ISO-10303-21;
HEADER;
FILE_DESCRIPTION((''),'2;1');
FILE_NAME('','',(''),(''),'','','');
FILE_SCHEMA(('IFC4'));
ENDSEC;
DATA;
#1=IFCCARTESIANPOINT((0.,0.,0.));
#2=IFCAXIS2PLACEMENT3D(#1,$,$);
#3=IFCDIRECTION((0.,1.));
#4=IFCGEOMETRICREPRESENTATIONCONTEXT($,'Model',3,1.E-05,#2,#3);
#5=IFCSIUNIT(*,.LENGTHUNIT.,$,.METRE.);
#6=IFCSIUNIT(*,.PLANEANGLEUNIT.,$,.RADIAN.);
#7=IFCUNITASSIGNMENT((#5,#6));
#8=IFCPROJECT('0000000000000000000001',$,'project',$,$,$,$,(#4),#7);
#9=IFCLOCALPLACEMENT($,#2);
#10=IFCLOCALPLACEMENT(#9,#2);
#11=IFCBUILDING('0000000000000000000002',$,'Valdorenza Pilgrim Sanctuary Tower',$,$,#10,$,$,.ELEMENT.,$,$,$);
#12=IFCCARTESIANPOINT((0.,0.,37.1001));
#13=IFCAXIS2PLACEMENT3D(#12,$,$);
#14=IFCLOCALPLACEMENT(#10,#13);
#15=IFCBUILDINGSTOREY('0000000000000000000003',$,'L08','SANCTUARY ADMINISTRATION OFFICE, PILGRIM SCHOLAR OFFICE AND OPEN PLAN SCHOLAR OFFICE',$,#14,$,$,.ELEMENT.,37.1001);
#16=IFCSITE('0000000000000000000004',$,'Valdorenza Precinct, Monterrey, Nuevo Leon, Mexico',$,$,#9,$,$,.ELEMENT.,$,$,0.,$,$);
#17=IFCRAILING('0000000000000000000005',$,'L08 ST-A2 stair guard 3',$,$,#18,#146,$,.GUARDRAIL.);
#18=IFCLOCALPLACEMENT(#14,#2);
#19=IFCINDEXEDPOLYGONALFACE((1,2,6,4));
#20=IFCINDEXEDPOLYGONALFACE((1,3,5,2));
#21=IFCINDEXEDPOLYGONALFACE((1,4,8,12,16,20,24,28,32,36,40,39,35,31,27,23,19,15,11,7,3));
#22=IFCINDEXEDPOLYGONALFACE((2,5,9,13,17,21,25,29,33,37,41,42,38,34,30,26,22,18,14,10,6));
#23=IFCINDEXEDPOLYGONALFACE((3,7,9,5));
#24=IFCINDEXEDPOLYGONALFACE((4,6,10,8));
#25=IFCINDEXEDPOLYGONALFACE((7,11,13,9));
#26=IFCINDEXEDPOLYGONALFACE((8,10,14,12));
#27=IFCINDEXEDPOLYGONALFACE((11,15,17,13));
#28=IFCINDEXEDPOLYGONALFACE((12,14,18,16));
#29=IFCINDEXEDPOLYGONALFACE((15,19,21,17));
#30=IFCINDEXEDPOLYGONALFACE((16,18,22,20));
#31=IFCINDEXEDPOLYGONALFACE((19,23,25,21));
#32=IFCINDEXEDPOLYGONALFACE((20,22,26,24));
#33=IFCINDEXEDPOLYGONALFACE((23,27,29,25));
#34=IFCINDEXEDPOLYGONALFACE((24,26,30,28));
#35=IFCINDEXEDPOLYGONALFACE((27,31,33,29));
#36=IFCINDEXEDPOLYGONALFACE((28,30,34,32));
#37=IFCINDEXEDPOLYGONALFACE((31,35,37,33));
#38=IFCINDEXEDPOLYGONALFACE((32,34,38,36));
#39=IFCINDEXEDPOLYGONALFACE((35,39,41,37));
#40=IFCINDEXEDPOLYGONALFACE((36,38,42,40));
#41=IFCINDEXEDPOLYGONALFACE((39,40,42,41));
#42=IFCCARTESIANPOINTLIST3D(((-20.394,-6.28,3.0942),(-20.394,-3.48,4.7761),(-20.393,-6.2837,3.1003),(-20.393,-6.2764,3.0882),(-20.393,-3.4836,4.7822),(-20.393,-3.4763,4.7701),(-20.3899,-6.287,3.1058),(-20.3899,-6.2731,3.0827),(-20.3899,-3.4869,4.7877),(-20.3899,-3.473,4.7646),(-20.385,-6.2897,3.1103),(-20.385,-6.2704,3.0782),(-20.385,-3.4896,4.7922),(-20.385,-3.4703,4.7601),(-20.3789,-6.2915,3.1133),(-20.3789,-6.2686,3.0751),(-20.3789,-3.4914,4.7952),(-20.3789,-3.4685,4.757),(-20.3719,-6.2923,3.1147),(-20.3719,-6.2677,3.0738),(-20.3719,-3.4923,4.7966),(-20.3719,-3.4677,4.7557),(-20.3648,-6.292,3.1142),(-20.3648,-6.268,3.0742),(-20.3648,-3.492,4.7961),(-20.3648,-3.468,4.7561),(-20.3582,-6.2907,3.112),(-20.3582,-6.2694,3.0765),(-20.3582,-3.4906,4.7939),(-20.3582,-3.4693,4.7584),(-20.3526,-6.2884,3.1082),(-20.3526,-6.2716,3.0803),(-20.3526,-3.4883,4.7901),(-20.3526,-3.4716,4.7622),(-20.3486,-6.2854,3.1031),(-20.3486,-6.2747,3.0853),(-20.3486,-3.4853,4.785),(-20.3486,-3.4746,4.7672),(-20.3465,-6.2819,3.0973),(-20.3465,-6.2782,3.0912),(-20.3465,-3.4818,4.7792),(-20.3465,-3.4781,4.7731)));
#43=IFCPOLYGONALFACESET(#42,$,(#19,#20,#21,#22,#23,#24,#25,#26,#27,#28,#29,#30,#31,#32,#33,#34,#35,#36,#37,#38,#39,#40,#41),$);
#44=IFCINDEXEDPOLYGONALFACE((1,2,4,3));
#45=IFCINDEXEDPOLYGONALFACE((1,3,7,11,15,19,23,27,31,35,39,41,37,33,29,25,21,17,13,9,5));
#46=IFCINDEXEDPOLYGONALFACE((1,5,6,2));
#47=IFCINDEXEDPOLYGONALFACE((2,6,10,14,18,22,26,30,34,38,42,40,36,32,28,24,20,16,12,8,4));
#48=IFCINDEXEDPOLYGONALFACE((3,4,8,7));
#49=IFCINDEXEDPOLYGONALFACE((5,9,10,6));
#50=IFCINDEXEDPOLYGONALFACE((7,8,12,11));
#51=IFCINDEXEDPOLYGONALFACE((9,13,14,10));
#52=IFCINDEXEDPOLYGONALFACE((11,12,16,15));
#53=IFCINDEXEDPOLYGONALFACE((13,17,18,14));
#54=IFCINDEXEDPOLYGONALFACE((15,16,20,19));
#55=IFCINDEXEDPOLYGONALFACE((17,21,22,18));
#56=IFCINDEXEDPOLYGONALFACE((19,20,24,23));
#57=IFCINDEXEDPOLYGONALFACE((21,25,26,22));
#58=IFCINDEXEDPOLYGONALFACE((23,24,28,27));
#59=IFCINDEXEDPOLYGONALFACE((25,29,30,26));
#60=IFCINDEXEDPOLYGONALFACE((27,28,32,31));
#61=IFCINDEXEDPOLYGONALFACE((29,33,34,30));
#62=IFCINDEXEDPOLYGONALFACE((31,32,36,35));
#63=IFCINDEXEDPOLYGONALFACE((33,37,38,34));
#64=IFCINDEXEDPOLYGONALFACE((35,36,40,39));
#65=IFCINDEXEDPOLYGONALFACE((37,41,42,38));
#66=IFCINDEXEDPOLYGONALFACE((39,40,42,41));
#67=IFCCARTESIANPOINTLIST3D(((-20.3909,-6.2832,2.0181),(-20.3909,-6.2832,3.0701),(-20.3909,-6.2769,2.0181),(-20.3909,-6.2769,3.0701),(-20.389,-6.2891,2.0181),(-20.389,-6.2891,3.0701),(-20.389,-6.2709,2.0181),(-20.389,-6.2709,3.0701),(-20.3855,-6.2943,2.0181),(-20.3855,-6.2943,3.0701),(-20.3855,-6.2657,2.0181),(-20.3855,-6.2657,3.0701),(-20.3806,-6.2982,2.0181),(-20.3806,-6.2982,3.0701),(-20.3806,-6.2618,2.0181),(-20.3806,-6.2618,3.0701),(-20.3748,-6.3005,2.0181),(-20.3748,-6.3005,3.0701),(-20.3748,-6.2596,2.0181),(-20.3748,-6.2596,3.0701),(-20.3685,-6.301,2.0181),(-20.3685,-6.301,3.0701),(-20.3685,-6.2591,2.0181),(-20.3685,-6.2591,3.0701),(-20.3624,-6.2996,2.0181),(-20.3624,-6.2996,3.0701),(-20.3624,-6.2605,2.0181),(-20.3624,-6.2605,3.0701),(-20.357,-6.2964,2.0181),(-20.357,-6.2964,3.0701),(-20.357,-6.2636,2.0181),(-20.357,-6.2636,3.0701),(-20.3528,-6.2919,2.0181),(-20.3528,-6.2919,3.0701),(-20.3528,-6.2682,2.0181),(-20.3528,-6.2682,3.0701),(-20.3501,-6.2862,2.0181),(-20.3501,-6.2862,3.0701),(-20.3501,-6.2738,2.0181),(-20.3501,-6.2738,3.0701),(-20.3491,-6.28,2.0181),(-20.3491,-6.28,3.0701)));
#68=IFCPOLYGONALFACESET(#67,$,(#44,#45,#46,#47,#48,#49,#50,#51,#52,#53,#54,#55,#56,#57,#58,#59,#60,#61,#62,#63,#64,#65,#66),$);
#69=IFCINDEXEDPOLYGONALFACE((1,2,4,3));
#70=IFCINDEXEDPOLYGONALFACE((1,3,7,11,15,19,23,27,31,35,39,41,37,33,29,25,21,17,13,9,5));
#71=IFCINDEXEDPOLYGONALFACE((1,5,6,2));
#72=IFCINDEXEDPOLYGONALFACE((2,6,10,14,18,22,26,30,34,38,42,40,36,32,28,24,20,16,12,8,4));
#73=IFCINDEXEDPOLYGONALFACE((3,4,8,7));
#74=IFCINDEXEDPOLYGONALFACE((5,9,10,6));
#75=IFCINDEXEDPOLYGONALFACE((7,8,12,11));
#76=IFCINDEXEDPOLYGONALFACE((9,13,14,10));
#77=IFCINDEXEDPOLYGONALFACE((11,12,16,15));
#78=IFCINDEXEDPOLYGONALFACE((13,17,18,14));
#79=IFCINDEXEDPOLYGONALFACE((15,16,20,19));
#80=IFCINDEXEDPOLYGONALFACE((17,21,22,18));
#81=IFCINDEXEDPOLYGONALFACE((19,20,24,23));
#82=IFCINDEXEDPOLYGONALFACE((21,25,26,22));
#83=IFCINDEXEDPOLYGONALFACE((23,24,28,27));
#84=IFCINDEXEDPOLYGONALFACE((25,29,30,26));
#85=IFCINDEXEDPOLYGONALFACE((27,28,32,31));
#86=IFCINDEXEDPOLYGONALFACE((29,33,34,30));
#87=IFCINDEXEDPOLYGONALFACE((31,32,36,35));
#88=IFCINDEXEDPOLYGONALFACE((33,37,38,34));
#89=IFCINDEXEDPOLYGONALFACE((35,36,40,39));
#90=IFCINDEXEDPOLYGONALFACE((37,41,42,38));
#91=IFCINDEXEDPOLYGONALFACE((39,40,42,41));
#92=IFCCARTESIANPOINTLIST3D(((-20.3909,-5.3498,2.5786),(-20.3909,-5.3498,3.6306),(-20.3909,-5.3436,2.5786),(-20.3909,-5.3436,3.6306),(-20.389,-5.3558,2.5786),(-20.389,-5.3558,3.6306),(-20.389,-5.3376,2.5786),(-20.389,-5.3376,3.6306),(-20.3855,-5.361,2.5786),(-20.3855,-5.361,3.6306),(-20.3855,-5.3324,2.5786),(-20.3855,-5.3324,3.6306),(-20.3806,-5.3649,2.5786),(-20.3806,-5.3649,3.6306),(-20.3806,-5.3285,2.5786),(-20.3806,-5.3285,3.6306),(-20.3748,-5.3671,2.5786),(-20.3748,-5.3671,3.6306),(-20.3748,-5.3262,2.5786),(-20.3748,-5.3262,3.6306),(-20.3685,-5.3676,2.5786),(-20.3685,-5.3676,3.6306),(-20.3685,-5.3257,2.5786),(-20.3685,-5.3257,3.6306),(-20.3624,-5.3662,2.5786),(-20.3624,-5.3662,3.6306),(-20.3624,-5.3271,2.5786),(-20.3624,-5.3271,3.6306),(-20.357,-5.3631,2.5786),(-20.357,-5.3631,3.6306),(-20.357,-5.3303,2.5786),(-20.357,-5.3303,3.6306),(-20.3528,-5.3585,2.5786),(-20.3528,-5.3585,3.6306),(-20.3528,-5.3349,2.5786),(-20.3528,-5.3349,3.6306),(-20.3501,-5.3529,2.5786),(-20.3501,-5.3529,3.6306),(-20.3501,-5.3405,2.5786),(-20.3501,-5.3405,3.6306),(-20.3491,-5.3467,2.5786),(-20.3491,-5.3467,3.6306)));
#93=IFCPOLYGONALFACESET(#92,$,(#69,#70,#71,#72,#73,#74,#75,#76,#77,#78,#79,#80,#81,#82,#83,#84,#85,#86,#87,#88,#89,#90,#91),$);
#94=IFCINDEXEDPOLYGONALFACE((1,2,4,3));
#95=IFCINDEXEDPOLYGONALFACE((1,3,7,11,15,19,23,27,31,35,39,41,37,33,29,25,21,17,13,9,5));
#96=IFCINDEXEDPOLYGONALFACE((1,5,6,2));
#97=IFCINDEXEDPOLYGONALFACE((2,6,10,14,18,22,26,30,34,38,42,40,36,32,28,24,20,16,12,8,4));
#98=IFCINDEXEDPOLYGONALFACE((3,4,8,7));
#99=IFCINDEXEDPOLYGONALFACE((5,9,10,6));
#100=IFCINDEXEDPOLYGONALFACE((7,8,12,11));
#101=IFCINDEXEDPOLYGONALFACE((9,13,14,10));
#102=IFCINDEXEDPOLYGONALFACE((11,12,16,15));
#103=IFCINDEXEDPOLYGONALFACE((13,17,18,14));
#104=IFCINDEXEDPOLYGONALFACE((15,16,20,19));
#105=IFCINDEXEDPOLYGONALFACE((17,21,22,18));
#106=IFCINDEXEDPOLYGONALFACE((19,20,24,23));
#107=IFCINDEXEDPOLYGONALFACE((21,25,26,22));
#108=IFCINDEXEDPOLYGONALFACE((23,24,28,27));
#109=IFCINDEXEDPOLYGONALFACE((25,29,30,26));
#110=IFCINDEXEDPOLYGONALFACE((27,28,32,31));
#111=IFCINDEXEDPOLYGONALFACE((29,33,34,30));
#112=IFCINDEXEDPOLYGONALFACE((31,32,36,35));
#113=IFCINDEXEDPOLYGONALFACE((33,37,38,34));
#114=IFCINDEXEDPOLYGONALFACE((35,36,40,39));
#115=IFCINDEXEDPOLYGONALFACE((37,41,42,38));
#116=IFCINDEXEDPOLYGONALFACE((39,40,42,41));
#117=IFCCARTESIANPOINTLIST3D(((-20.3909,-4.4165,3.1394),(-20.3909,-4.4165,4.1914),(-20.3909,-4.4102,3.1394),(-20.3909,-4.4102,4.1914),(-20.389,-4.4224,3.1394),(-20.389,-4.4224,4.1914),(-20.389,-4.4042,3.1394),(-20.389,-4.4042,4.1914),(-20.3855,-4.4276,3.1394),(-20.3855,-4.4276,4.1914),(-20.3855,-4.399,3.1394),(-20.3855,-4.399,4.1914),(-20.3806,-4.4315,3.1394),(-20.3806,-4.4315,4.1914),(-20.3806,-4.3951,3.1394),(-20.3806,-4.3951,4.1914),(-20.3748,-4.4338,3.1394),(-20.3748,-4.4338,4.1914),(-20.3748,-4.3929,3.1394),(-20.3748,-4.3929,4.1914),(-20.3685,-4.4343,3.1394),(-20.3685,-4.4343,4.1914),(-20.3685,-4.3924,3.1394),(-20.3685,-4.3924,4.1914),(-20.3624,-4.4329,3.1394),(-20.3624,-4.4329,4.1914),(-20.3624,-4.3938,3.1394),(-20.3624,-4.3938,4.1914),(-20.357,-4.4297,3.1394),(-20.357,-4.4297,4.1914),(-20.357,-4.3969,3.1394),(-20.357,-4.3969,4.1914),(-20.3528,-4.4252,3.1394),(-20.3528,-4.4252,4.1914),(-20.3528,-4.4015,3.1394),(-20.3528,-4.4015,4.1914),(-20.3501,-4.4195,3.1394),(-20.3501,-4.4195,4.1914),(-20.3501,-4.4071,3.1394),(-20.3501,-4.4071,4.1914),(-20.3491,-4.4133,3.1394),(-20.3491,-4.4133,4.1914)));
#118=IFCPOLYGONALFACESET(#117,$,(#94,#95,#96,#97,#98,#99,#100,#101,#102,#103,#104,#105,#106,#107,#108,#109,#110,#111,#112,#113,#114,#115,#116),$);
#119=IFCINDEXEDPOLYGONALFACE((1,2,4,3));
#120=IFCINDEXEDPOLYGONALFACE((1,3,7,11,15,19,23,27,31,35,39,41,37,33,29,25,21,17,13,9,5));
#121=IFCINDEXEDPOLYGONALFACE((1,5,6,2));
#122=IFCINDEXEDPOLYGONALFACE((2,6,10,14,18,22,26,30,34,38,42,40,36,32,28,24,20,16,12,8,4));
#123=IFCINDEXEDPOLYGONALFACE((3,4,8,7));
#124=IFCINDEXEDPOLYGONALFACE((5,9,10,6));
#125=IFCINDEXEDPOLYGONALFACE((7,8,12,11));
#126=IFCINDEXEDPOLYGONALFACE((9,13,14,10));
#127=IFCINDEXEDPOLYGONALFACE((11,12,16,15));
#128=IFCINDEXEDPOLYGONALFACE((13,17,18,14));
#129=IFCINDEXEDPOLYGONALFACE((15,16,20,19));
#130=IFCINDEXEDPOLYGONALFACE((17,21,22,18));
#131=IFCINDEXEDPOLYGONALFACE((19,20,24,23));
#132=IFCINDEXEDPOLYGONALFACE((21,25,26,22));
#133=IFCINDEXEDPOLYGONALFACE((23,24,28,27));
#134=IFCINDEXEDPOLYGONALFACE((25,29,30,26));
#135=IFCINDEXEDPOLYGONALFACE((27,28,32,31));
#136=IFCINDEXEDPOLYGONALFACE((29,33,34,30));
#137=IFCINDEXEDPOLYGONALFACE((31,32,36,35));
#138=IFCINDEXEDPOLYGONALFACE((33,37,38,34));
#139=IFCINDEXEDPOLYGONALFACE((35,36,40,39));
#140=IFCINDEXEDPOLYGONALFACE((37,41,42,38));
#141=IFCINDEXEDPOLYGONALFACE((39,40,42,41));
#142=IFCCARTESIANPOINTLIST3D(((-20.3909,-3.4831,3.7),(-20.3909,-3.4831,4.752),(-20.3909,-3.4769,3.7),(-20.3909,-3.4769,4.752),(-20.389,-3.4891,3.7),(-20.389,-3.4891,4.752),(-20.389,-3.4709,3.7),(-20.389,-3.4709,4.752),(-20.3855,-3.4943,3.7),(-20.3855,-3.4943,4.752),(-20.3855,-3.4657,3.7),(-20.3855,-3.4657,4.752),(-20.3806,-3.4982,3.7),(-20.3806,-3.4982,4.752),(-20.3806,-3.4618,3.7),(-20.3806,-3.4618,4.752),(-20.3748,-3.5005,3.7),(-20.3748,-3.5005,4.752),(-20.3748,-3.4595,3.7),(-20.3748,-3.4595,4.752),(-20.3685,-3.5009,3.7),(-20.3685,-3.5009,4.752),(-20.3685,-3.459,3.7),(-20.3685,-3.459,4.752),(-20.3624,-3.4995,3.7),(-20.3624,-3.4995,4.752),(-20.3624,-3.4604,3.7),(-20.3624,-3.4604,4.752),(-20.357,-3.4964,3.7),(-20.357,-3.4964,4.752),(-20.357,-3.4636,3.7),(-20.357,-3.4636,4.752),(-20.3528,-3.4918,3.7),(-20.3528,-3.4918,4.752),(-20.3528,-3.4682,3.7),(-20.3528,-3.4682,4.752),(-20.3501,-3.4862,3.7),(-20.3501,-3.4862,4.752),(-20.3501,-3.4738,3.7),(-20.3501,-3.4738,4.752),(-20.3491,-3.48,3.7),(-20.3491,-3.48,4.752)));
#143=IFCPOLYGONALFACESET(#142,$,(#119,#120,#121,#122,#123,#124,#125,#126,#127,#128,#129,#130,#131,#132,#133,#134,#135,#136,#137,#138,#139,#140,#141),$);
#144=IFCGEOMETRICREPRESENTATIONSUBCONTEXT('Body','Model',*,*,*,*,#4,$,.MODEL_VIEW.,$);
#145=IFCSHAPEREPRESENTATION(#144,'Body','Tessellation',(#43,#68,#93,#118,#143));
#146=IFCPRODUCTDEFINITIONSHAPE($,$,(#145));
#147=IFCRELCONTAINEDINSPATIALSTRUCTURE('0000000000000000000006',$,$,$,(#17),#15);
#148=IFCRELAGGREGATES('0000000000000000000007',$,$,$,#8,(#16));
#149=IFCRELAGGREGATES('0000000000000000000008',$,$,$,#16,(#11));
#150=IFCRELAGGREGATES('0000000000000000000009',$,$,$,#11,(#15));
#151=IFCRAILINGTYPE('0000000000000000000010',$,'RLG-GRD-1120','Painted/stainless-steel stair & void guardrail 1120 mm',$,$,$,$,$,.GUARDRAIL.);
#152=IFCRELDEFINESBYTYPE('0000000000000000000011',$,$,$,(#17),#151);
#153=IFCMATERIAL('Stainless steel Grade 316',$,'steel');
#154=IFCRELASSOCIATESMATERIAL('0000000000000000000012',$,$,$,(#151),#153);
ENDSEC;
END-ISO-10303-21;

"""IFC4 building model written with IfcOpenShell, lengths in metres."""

from ifc_helpers import new_model, si_unit, direction, frame, origin, origin_2d, place, context, subcontext, project, spatial, circle, extrude, material, type_object, element, save


model = new_model("IFC4")

# Units and contexts
model_context = context("Model", 3, precision=1e-05, world=origin(), true_north=direction((0.0, 1.0)))
body_context = subcontext(model_context, "Body", "Model", "MODEL_VIEW")
ifc_project = project(units=[si_unit("LENGTHUNIT", "METRE"), si_unit("PLANEANGLEUNIT", "RADIAN")], contexts=[model_context])

# Site, building, storey
site_placement = place(None, origin())
site = spatial("IfcSite", under=ifc_project, at=site_placement, Name="Valdorenza Precinct, Monterrey, Nuevo Leon, Mexico", CompositionType="ELEMENT", RefElevation=0.0)
building_placement = place(site_placement, origin())
building = spatial("IfcBuilding", under=site, at=building_placement, Name="Valdorenza Pilgrim Sanctuary Tower", CompositionType="ELEMENT")
storey_placement = place(building_placement, frame((0.0, 0.0, 37.1001)))
storey = spatial("IfcBuildingStorey", under=building, at=storey_placement, Name="L08", Description="SANCTUARY ADMINISTRATION OFFICE, PILGRIM SCHOLAR OFFICE AND OPEN PLAN SCHOLAR OFFICE", CompositionType="ELEMENT", Elevation=37.1001)

# Railing
ifc_material_1 = material(Name="Stainless steel Grade 316", Category="steel")
railing_type_1 = type_object("IfcRailingType", Name="RLG-GRD-1120", Description="Painted/stainless-steel stair & void guardrail 1120 mm", PredefinedType="GUARDRAIL", material=ifc_material_1)
railing_1_placement = place(storey_placement, frame((-20.3701, -6.28, 2.0181)))
element("IfcRailing", 1, at=railing_1_placement, inside=storey, type_object=railing_type_1, Name="L08 ST-A2 stair guard 3", PredefinedType="GUARDRAIL", context=body_context, shape_type="SweptSolid", body=[
    extrude(circle(Radius=0.0239, at=origin_2d()), frame((0.0, 0.0, 1.0762), z_axis=(0.0, 0.857242, 0.514913), x_axis=(-1.0, 0.0, 0.0)), (0.0, 0.0, 1.0), 3.2664),
    extrude(circle(Radius=0.021, at=origin_2d()), origin(), (0.0, 0.0, 1.0), 1.052),
    extrude(circle(Radius=0.021, at=origin_2d()), frame((0.0, 0.9333, 0.5605)), (0.0, 0.0, 1.0), 1.052),
    extrude(circle(Radius=0.021, at=origin_2d()), frame((0.0, 1.8667, 1.1213)), (0.0, 0.0, 1.0), 1.052),
    extrude(circle(Radius=0.021, at=origin_2d()), frame((0.0, 2.8, 1.6819)), (0.0, 0.0, 1.0), 1.052),
])

save(model, "model.ifc")
